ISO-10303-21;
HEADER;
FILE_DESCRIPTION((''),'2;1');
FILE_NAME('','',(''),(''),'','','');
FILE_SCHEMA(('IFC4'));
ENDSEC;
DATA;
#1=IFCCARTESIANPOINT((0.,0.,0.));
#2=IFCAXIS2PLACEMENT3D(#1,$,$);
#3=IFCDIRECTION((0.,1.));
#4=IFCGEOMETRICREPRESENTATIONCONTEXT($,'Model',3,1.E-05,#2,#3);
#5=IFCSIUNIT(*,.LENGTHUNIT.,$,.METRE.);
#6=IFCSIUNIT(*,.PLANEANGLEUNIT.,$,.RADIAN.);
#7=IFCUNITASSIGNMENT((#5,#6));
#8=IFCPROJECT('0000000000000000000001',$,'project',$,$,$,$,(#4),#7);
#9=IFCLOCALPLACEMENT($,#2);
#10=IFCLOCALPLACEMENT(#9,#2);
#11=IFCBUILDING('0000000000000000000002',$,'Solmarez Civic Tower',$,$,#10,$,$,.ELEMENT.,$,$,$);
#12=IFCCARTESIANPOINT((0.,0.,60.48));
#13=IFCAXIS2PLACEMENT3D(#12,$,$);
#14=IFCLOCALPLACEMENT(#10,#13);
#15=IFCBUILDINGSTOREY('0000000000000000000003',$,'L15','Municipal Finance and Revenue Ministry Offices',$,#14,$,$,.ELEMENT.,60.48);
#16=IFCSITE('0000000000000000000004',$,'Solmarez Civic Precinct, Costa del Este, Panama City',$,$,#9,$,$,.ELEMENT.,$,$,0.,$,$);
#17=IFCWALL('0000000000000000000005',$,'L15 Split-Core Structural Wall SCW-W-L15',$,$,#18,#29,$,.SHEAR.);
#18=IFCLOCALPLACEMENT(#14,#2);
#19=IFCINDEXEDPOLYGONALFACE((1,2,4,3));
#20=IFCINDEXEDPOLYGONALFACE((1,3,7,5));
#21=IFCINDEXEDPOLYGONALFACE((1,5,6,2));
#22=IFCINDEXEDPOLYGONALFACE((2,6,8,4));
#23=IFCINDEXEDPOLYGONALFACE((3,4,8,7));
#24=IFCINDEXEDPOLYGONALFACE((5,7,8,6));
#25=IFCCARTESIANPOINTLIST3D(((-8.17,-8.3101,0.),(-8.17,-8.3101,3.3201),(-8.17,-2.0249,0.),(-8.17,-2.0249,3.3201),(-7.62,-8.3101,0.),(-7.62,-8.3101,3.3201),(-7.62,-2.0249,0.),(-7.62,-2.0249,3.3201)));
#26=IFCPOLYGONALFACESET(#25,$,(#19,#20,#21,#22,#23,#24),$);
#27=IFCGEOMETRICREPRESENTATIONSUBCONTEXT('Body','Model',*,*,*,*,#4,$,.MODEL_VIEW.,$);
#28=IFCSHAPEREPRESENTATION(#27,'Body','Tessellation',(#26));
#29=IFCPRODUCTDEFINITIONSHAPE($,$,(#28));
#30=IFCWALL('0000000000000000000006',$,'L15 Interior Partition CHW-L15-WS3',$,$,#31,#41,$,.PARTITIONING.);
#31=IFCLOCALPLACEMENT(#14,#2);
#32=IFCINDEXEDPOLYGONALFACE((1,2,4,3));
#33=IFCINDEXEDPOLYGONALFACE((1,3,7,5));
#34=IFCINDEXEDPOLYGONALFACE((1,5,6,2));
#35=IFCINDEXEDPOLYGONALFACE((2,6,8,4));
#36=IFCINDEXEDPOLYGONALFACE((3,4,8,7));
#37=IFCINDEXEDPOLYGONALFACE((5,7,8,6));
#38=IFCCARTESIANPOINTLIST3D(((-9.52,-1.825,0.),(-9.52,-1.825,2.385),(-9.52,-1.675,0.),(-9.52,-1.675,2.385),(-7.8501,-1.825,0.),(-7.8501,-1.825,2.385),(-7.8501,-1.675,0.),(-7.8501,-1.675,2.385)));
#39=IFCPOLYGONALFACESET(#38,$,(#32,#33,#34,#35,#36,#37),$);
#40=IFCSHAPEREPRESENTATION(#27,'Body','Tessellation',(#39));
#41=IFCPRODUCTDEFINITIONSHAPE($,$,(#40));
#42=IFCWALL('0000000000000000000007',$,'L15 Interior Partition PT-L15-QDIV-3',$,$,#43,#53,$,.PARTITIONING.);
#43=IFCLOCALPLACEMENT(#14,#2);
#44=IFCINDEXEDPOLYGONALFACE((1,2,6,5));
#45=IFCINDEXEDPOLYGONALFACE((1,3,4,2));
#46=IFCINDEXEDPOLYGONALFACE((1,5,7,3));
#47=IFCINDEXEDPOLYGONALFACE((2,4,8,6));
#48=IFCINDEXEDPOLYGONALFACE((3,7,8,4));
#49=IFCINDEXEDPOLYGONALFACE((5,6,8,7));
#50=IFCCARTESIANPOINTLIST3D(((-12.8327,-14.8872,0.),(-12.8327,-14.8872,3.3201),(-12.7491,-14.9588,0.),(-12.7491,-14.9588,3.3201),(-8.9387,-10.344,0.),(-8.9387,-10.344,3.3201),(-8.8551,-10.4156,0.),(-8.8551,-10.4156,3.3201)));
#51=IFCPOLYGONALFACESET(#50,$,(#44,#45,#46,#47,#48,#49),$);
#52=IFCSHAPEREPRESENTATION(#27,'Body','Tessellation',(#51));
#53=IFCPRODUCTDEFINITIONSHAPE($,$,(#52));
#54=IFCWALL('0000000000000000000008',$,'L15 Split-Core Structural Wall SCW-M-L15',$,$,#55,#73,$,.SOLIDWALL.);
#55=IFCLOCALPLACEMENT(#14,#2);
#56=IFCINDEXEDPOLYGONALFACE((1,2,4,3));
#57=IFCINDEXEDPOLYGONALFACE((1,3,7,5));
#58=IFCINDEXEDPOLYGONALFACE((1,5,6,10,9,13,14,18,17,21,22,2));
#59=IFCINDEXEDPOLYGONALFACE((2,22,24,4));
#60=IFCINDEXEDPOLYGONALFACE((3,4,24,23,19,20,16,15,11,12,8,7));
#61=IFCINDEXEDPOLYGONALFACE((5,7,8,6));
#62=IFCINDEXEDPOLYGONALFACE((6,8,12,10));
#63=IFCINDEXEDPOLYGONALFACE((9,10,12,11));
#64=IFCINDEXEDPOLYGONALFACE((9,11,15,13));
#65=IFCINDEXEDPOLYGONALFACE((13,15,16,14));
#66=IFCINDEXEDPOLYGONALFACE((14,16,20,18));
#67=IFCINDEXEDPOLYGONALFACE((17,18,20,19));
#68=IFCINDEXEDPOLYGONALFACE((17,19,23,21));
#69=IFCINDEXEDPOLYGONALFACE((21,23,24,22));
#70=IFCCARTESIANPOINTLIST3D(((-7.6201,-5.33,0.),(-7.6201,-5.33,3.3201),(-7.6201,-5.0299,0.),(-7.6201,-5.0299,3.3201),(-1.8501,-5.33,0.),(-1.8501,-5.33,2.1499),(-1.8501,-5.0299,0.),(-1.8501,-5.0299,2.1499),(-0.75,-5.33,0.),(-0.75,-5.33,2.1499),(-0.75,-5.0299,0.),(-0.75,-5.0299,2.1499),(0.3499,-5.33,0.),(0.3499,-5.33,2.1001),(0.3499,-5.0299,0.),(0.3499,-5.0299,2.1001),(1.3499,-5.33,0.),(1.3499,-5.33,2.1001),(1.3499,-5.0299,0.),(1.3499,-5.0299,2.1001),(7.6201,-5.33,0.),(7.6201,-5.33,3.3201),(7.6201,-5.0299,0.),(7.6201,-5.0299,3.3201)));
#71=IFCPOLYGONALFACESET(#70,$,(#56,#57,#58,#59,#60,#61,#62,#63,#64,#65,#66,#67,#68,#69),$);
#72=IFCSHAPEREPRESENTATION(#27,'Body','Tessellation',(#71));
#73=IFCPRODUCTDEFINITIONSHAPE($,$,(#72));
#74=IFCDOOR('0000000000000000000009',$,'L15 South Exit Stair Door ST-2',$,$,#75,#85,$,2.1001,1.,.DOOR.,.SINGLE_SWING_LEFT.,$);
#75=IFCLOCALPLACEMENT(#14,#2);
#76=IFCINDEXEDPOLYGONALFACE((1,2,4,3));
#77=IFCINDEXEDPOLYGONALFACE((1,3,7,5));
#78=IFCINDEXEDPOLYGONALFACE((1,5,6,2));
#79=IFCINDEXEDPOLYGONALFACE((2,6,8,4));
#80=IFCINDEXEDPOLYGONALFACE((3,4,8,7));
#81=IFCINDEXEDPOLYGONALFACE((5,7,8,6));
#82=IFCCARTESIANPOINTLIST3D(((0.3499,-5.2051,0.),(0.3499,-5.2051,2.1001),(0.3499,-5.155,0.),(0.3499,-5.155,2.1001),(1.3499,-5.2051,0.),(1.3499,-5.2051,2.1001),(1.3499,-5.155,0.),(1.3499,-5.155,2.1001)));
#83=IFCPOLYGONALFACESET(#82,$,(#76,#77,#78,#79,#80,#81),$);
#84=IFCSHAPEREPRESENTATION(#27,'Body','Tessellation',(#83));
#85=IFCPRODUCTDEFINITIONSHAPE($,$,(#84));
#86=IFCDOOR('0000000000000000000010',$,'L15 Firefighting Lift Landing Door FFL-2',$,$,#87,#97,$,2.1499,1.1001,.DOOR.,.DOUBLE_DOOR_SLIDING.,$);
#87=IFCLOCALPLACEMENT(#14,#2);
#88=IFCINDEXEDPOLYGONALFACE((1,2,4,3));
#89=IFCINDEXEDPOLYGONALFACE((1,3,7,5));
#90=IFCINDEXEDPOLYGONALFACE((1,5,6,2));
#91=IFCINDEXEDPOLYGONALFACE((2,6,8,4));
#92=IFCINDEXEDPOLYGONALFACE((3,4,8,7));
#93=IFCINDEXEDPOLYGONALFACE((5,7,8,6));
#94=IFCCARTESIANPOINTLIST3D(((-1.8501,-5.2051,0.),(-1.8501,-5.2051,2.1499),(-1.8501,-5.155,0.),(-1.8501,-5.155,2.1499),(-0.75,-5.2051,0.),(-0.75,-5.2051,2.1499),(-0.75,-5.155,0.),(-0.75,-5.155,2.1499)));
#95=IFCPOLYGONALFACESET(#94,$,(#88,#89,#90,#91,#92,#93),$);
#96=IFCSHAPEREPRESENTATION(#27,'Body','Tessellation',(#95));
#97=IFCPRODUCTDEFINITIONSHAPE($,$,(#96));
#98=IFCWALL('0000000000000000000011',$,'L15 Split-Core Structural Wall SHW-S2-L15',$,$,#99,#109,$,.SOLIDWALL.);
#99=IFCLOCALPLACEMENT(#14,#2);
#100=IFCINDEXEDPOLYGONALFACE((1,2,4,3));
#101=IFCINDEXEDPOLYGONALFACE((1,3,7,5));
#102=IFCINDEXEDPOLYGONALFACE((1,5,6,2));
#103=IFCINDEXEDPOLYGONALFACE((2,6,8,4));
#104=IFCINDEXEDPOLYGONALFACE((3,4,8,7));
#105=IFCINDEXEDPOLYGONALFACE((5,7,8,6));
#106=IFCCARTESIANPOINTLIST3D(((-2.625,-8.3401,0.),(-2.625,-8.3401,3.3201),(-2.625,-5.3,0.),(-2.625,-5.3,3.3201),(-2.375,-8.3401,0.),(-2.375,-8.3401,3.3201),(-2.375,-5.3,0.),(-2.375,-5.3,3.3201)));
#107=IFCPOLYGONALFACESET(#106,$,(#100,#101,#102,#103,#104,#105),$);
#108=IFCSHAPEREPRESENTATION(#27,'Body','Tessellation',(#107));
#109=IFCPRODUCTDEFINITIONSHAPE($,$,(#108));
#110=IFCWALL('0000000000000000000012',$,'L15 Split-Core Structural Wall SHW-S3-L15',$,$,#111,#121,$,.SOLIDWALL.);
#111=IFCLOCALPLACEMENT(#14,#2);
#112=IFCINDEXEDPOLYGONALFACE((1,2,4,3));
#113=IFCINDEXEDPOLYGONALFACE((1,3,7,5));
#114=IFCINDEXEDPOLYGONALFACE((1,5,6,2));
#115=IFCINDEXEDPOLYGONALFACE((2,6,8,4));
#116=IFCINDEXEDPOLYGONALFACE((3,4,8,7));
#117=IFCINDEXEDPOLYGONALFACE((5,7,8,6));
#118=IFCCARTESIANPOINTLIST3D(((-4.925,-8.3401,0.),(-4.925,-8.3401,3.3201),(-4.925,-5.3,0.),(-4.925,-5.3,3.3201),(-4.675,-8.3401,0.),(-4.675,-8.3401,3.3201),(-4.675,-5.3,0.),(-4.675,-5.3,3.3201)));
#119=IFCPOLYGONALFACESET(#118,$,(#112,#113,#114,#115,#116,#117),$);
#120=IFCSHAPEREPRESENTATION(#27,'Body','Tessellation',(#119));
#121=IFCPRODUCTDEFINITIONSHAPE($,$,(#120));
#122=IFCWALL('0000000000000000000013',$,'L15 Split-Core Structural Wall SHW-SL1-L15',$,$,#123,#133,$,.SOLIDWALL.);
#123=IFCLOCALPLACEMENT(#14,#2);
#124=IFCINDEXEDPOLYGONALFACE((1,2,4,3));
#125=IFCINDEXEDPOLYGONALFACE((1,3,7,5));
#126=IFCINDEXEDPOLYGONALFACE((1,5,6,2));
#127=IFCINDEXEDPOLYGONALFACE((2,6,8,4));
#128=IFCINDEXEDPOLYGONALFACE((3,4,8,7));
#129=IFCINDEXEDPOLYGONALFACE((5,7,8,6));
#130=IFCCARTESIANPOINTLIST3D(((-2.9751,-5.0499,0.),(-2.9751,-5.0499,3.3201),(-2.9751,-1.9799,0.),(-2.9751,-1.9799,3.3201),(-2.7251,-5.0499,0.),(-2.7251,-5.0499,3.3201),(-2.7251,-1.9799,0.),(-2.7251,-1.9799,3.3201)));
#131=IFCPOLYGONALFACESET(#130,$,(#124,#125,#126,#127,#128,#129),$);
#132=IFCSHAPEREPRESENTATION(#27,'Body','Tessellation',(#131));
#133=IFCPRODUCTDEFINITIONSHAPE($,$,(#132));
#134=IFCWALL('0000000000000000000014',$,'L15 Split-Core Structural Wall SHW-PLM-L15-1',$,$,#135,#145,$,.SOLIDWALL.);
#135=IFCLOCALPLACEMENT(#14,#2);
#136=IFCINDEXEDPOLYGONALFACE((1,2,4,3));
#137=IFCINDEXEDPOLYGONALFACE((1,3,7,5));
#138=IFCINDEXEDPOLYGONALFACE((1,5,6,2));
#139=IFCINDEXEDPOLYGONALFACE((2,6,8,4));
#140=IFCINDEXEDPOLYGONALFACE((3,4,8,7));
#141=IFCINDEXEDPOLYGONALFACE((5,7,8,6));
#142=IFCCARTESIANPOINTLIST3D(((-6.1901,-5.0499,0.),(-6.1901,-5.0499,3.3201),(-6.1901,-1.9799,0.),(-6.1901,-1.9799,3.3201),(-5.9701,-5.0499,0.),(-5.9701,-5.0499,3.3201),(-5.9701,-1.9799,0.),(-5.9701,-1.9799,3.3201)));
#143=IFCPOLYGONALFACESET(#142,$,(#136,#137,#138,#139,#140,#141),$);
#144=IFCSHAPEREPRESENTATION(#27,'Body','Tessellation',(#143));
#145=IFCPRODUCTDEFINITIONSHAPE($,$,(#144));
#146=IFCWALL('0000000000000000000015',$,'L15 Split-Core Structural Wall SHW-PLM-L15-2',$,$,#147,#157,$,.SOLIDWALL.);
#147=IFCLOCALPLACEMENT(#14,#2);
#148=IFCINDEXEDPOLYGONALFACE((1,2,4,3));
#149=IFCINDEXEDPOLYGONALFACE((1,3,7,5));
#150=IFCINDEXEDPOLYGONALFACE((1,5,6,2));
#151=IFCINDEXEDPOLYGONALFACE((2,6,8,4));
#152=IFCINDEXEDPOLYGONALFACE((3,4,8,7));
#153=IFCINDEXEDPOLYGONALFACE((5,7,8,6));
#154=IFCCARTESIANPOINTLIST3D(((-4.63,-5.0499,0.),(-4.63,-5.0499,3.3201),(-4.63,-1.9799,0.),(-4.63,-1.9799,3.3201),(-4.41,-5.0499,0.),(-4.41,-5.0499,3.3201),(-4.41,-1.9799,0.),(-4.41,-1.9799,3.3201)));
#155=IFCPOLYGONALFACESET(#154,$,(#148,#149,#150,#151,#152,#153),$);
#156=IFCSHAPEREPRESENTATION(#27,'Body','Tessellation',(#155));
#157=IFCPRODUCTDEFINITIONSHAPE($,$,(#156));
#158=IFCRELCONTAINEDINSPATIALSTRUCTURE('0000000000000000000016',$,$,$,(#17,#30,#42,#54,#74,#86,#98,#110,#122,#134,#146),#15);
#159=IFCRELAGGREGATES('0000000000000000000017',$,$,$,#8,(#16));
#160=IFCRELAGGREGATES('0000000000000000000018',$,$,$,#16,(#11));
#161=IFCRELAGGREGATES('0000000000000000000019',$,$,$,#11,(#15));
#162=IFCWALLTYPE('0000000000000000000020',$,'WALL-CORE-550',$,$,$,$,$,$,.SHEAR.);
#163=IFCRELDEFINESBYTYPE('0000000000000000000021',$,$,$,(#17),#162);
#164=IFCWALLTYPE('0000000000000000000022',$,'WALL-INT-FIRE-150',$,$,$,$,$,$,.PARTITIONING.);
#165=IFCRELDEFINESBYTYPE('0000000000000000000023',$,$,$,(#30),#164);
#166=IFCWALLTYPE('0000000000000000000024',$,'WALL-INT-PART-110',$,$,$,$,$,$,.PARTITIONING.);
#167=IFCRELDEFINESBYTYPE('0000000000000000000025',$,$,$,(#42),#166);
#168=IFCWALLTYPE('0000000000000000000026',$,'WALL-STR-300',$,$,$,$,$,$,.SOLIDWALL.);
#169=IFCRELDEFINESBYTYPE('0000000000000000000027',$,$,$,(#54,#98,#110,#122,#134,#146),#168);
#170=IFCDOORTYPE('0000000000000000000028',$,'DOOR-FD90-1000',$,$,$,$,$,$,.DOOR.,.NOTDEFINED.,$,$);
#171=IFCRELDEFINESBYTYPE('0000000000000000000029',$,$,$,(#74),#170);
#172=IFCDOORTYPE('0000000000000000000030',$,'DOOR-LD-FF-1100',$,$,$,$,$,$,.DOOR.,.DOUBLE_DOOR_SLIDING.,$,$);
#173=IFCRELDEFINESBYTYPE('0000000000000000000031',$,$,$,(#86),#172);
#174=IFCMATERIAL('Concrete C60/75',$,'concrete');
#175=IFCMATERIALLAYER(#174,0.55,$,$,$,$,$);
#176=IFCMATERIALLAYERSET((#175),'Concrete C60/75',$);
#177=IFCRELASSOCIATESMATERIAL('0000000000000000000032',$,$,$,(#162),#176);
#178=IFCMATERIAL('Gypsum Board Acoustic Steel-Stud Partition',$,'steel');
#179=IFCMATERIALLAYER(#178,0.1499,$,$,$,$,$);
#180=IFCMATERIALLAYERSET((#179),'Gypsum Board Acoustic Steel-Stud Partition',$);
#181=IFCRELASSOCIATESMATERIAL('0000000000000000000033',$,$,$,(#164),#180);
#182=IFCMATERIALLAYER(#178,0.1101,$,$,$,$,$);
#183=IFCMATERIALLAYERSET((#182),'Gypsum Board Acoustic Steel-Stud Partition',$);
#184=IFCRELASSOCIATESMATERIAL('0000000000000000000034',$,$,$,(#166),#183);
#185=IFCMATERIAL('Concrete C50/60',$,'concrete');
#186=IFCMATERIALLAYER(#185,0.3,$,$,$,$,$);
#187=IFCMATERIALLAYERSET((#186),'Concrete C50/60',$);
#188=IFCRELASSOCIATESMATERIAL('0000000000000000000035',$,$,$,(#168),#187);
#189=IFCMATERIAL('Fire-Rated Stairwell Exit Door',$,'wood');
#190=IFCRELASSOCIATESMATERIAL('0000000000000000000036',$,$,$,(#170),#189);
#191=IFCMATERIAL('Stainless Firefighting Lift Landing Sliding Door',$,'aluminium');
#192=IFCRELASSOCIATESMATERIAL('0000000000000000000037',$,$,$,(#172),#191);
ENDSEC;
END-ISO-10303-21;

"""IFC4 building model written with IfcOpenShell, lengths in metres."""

from ifc_helpers import new_model, si_unit, direction, frame, frame_2d, origin, place, context, subcontext, project, spatial, rectangle, extrude, material, layer, layer_set, type_object, element, fill, save


model = new_model("IFC4")

# Units and contexts
model_context = context("Model", 3, precision=1e-05, world=origin(), true_north=direction((0.0, 1.0)))
body_context = subcontext(model_context, "Body", "Model", "MODEL_VIEW")
ifc_project = project(units=[si_unit("LENGTHUNIT", "METRE"), si_unit("PLANEANGLEUNIT", "RADIAN")], contexts=[model_context])

# Site, building, storey
site_placement = place(None, origin())
site = spatial("IfcSite", under=ifc_project, at=site_placement, Name="Solmarez Civic Precinct, Costa del Este, Panama City", CompositionType="ELEMENT", RefElevation=0.0)
building_placement = place(site_placement, origin())
building = spatial("IfcBuilding", under=site, at=building_placement, Name="Solmarez Civic Tower", CompositionType="ELEMENT")
storey_placement = place(building_placement, frame((0.0, 0.0, 60.48)))
storey = spatial("IfcBuildingStorey", under=building, at=storey_placement, Name="L15", Description="Municipal Finance and Revenue Ministry Offices", CompositionType="ELEMENT", Elevation=60.48)

# Shared definitions
ifc_material_1 = material(Name="Concrete C60/75", Category="concrete")

# Shared definitions
ifc_layer_1 = layer(ifc_material_1, 0.55)
ifc_layer_set_1 = layer_set([ifc_layer_1], Name="Concrete C60/75")
wall_type_1 = type_object("IfcWallType", Name="WALL-CORE-550", PredefinedType="SHEAR", material=ifc_layer_set_1)

# Walls
wall_1_placement = place(storey_placement, frame((-7.895, -8.3101, 0.0), z_axis=(0.0, 0.0, 1.0), x_axis=(0.0, 1.0, 0.0)))
element("IfcWall", 1, at=wall_1_placement, inside=storey, type_object=wall_type_1, Name="L15 Split-Core Structural Wall SCW-W-L15", PredefinedType="SHEAR", context=body_context, shape_type="SweptSolid", body=[
    extrude(rectangle(XDim=6.2852, YDim=0.55, at=frame_2d((3.1426, 0.0))), origin(), (0.0, 0.0, 1.0), 3.3201),
])
ifc_material_2 = material(Name="Gypsum Board Acoustic Steel-Stud Partition", Category="steel")
ifc_layer_2 = layer(ifc_material_2, 0.1499)
ifc_layer_set_2 = layer_set([ifc_layer_2], Name="Gypsum Board Acoustic Steel-Stud Partition")
wall_type_2 = type_object("IfcWallType", Name="WALL-INT-FIRE-150", PredefinedType="PARTITIONING", material=ifc_layer_set_2)
wall_2_placement = place(storey_placement, frame((-7.8501, -1.75, 0.0), z_axis=(0.0, 0.0, 1.0), x_axis=(-1.0, 0.0, 0.0)))
element("IfcWall", 2, at=wall_2_placement, inside=storey, type_object=wall_type_2, Name="L15 Interior Partition CHW-L15-WS3", PredefinedType="PARTITIONING", context=body_context, shape_type="SweptSolid", body=[
    extrude(rectangle(XDim=1.6699, YDim=0.1499, at=frame_2d((0.835, 0.0))), origin(), (0.0, 0.0, 1.0), 2.385),
])
ifc_layer_3 = layer(ifc_material_2, 0.1101)
ifc_layer_set_3 = layer_set([ifc_layer_3], Name="Gypsum Board Acoustic Steel-Stud Partition")
wall_type_3 = type_object("IfcWallType", Name="WALL-INT-PART-110", PredefinedType="PARTITIONING", material=ifc_layer_set_3)
wall_3_placement = place(storey_placement, frame((-8.897, -10.3799, 0.0), z_axis=(0.0, 0.0, 1.0), x_axis=(-0.650778, -0.759268, 0.0)))
element("IfcWall", 3, at=wall_3_placement, inside=storey, type_object=wall_type_3, Name="L15 Interior Partition PT-L15-QDIV-3", PredefinedType="PARTITIONING", context=body_context, shape_type="SweptSolid", body=[
    extrude(rectangle(XDim=5.9836, YDim=0.1101, at=frame_2d((2.9917, 0.0))), origin(), (0.0, 0.0, 1.0), 3.3201),
])

# Wall, openings, doors
ifc_material_3 = material(Name="Concrete C50/60", Category="concrete")
ifc_layer_4 = layer(ifc_material_3, 0.3)
ifc_layer_set_4 = layer_set([ifc_layer_4], Name="Concrete C50/60")
wall_type_4 = type_object("IfcWallType", Name="WALL-STR-300", PredefinedType="SOLIDWALL", material=ifc_layer_set_4)
wall_4_placement = place(storey_placement, frame((-7.6201, -5.1799, 0.0), z_axis=(0.0, 0.0, 1.0), x_axis=(1.0, 0.0, 0.0)))
wall_4 = element("IfcWall", 4, at=wall_4_placement, inside=storey, type_object=wall_type_4, Name="L15 Split-Core Structural Wall SCW-M-L15", PredefinedType="SOLIDWALL", context=body_context, shape_type="SweptSolid", body=[
    extrude(rectangle(XDim=15.2402, YDim=0.3, at=frame_2d((7.6201, 0.0))), origin(), (0.0, 0.0, 1.0), 3.3201),
])
opening_1_placement = place(wall_4_placement, frame((5.77, 0.0, 0.0)))
opening_1 = element("IfcOpeningElement", 5, at=opening_1_placement, cuts=wall_4, PredefinedType="OPENING", context=body_context, shape_type="SweptSolid", body=[
    extrude(rectangle(XDim=1.1001, YDim=2.1499, at=frame_2d((0.55, 1.075))), frame((0.0, 0.1599, 0.0), z_axis=(0.0, -1.0, 0.0), x_axis=(1.0, 0.0, 0.0)), (0.0, 0.0, 1.0), 0.3201),
])
opening_2_placement = place(wall_4_placement, frame((7.97, 0.0, 0.0)))
opening_2 = element("IfcOpeningElement", 6, at=opening_2_placement, cuts=wall_4, PredefinedType="OPENING", context=body_context, shape_type="SweptSolid", body=[
    extrude(rectangle(XDim=1.0, YDim=2.1001, at=frame_2d((0.5, 1.05))), frame((0.0, 0.1599, 0.0), z_axis=(0.0, -1.0, 0.0), x_axis=(1.0, 0.0, 0.0)), (0.0, 0.0, 1.0), 0.3201),
])
ifc_material_4 = material(Name="Fire-Rated Stairwell Exit Door", Category="wood")
door_type_1 = type_object("IfcDoorType", Name="DOOR-FD90-1000", OperationType="NOTDEFINED", PredefinedType="DOOR", material=ifc_material_4)
door_1_placement = place(opening_2_placement, origin())
door_1 = element("IfcDoor", 7, at=door_1_placement, inside=storey, type_object=door_type_1, Name="L15 South Exit Stair Door ST-2", OperationType="SINGLE_SWING_LEFT", OverallHeight=2.1001, OverallWidth=1.0, PredefinedType="DOOR", context=body_context, shape_type="SweptSolid", body=[
    extrude(rectangle(XDim=1.0, YDim=2.1001, at=frame_2d((0.5, 1.05))), frame((0.0, 0.0249, 0.0), z_axis=(0.0, -1.0, 0.0), x_axis=(1.0, 0.0, 0.0)), (0.0, 0.0, 1.0), 0.05),
])
fill(opening_2, door_1)
ifc_material_5 = material(Name="Stainless Firefighting Lift Landing Sliding Door", Category="aluminium")
door_type_2 = type_object("IfcDoorType", Name="DOOR-LD-FF-1100", OperationType="DOUBLE_DOOR_SLIDING", PredefinedType="DOOR", material=ifc_material_5)
door_2_placement = place(opening_1_placement, origin())
door_2 = element("IfcDoor", 8, at=door_2_placement, inside=storey, type_object=door_type_2, Name="L15 Firefighting Lift Landing Door FFL-2", OperationType="DOUBLE_DOOR_SLIDING", OverallHeight=2.1499, OverallWidth=1.1001, PredefinedType="DOOR", context=body_context, shape_type="SweptSolid", body=[
    extrude(rectangle(XDim=1.1001, YDim=2.1499, at=frame_2d((0.55, 1.075))), frame((0.0, 0.0249, 0.0), z_axis=(0.0, -1.0, 0.0), x_axis=(1.0, 0.0, 0.0)), (0.0, 0.0, 1.0), 0.05),
])
fill(opening_1, door_2)

# Walls
for number, where, z_axis, x_axis, name in (
    (9, (-2.5, -8.3401, 0.0), (0.0, 0.0, 1.0), (0.0, 1.0, 0.0), "L15 Split-Core Structural Wall SHW-S2-L15"),
    (10, (-4.8, -8.3401, 0.0), (0.0, 0.0, 1.0), (0.0, 1.0, 0.0), "L15 Split-Core Structural Wall SHW-S3-L15"),
):
    element("IfcWall", number, at=place(storey_placement, frame(where, z_axis=z_axis, x_axis=x_axis)), inside=storey, type_object=wall_type_4, Name=name, PredefinedType="SOLIDWALL", context=body_context, shape_type="SweptSolid", body=[
        extrude(rectangle(XDim=3.04, YDim=0.25, at=frame_2d((1.52, 0.0))), origin(), (0.0, 0.0, 1.0), 3.3201),
    ])
wall_5_placement = place(storey_placement, frame((-2.8501, -5.05, 0.0), z_axis=(0.0, 0.0, 1.0), x_axis=(0.0, 1.0, 0.0)))
element("IfcWall", 11, at=wall_5_placement, inside=storey, type_object=wall_type_4, Name="L15 Split-Core Structural Wall SHW-SL1-L15", PredefinedType="SOLIDWALL", context=body_context, shape_type="SweptSolid", body=[
    extrude(rectangle(XDim=3.0701, YDim=0.25, at=frame_2d((1.5352, 0.0))), origin(), (0.0, 0.0, 1.0), 3.3201),
])
for number, where, z_axis, x_axis, name in (
    (12, (-6.0801, -5.05, 0.0), (0.0, 0.0, 1.0), (0.0, 1.0, 0.0), "L15 Split-Core Structural Wall SHW-PLM-L15-1"),
    (13, (-4.52, -5.05, 0.0), (0.0, 0.0, 1.0), (0.0, 1.0, 0.0), "L15 Split-Core Structural Wall SHW-PLM-L15-2"),
):
    element("IfcWall", number, at=place(storey_placement, frame(where, z_axis=z_axis, x_axis=x_axis)), inside=storey, type_object=wall_type_4, Name=name, PredefinedType="SOLIDWALL", context=body_context, shape_type="SweptSolid", body=[
        extrude(rectangle(XDim=3.0701, YDim=0.22, at=frame_2d((1.5352, 0.0))), origin(), (0.0, 0.0, 1.0), 3.3201),
    ])

save(model, "model.ifc")
